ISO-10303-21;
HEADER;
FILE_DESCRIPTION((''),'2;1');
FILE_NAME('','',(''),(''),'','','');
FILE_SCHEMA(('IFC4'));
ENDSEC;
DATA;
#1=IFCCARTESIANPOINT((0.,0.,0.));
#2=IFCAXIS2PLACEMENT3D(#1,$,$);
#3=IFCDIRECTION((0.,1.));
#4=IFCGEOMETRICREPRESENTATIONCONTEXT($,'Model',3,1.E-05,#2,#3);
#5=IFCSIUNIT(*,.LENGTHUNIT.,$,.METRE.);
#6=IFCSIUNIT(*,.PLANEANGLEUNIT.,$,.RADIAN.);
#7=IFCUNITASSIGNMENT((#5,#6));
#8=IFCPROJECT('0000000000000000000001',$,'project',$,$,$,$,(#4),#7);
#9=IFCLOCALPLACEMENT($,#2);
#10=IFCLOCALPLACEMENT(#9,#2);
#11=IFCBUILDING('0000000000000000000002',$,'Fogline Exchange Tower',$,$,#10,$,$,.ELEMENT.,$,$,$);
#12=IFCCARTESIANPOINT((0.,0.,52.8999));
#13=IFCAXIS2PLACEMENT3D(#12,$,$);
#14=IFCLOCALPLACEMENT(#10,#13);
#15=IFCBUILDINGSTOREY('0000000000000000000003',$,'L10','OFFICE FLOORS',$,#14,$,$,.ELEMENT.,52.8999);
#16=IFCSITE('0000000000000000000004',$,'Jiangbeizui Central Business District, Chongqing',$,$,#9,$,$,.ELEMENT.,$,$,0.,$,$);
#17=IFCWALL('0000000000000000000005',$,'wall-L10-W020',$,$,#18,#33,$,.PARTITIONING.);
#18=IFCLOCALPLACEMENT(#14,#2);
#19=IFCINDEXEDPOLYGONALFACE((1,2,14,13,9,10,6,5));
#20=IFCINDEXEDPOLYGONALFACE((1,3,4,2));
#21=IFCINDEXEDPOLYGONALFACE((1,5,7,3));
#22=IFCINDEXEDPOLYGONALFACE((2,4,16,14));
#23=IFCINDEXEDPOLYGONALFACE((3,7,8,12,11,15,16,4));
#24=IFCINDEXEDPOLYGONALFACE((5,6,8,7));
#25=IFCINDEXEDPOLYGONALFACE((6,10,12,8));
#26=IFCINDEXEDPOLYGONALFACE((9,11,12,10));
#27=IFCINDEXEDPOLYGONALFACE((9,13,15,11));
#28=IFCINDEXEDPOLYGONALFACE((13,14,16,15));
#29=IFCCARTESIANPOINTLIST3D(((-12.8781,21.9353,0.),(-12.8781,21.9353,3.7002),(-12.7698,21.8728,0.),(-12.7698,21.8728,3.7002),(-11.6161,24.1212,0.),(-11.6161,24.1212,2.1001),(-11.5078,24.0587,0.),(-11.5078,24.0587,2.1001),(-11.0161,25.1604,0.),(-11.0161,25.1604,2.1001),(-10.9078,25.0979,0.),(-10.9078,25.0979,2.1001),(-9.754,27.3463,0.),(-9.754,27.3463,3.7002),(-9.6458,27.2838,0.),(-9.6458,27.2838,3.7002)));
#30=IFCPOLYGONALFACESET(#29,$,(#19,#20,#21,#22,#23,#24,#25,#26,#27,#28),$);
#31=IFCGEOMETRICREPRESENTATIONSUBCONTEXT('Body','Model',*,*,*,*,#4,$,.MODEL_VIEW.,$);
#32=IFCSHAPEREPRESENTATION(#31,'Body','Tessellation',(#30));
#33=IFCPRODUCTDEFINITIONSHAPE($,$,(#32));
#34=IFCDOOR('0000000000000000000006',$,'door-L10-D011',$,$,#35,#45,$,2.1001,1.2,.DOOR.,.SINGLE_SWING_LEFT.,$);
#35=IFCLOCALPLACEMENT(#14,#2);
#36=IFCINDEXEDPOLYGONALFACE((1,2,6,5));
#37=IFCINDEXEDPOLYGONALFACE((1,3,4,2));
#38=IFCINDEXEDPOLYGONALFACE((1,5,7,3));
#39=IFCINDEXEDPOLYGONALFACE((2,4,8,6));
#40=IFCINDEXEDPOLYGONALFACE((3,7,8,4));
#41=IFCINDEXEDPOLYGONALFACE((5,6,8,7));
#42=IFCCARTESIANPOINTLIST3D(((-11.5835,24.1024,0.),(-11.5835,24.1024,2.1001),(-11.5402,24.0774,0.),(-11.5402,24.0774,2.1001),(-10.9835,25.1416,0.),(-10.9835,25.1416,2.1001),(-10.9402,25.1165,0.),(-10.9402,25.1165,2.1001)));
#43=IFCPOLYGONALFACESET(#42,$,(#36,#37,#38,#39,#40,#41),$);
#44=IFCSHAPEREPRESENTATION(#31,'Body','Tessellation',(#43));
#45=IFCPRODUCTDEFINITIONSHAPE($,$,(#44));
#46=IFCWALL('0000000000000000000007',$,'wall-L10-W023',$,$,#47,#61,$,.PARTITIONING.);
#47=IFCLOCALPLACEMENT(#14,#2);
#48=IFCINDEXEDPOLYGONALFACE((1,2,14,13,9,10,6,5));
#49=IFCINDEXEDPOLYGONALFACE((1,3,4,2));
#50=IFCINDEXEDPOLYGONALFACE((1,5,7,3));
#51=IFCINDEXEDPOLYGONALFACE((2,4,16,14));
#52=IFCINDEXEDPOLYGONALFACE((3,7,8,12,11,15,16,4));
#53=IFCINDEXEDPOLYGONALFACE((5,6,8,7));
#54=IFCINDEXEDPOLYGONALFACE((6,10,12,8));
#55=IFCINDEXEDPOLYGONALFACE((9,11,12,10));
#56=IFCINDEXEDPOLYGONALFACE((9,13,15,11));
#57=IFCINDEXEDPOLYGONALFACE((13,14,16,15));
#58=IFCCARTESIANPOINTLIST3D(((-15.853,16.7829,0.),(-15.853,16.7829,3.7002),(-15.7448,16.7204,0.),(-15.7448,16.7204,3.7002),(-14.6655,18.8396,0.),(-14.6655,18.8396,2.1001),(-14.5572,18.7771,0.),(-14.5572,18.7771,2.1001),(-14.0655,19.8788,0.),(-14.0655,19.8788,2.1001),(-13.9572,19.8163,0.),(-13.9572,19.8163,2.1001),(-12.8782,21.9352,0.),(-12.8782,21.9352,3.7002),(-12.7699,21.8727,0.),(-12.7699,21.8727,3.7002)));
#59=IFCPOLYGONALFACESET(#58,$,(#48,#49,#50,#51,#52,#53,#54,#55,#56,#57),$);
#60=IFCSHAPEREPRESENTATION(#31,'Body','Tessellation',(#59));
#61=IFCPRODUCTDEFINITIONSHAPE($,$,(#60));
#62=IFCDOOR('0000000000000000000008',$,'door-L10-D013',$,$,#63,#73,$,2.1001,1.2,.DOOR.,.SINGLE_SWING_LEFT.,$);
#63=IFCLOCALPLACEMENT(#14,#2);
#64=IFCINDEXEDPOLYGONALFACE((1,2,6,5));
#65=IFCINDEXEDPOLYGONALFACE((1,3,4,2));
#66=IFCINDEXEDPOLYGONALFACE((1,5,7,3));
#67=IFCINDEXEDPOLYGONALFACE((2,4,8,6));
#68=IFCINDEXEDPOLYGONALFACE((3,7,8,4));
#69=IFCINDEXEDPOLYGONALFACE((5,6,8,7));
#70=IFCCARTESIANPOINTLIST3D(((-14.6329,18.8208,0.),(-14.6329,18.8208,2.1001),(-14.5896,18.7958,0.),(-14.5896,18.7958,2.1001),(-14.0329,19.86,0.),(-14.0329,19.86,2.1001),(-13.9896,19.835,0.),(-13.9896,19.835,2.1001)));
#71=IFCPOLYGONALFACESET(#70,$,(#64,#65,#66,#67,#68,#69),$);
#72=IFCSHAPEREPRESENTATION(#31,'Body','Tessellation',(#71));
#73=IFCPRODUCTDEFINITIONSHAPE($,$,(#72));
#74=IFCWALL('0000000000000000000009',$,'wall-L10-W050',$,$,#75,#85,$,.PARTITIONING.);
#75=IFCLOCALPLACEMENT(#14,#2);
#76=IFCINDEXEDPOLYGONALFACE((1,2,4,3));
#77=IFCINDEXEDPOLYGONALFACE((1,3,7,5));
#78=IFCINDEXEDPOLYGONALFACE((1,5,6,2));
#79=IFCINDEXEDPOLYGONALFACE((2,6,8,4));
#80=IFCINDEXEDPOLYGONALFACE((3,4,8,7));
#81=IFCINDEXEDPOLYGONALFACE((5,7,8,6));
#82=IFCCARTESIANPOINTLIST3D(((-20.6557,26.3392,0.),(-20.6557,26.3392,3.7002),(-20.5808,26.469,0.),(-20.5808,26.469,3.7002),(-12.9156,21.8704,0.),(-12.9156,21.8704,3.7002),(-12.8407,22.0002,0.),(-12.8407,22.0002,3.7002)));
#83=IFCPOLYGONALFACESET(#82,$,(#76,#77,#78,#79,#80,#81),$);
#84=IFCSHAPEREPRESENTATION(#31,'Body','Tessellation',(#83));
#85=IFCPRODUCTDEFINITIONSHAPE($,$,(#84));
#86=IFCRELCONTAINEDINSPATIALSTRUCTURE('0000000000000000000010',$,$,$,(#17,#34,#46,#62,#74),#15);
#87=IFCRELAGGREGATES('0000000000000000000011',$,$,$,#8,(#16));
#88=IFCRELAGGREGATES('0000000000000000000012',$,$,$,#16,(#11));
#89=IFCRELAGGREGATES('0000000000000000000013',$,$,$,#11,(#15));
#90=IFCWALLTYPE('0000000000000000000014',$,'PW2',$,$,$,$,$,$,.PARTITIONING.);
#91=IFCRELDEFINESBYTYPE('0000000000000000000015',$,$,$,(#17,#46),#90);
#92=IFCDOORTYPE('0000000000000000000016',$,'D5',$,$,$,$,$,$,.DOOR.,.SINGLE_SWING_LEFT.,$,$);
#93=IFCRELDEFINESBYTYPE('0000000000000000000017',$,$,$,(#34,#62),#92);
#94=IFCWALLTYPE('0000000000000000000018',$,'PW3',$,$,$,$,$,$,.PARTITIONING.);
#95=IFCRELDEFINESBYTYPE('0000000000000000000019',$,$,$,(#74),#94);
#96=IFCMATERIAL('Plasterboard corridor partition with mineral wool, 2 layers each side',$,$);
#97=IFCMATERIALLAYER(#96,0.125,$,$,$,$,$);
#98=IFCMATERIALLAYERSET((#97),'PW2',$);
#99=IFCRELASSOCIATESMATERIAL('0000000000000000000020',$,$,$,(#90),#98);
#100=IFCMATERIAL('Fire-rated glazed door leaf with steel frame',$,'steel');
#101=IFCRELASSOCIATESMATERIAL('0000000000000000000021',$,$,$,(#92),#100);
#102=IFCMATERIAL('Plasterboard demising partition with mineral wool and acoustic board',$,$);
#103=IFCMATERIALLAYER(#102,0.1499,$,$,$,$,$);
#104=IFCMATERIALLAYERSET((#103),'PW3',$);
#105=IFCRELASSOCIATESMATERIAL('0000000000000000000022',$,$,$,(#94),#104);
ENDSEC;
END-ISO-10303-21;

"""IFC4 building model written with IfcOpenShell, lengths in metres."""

from ifc_helpers import new_model, si_unit, direction, frame, frame_2d, origin, place, context, subcontext, project, spatial, rectangle, extrude, material, layer, layer_set, type_object, element, fill, save


model = new_model("IFC4")

# Units and contexts
model_context = context("Model", 3, precision=1e-05, world=origin(), true_north=direction((0.0, 1.0)))
body_context = subcontext(model_context, "Body", "Model", "MODEL_VIEW")
ifc_project = project(units=[si_unit("LENGTHUNIT", "METRE"), si_unit("PLANEANGLEUNIT", "RADIAN")], contexts=[model_context])

# Site, building, storey
site_placement = place(None, origin())
site = spatial("IfcSite", under=ifc_project, at=site_placement, Name="Jiangbeizui Central Business District, Chongqing", CompositionType="ELEMENT", RefElevation=0.0)
building_placement = place(site_placement, origin())
building = spatial("IfcBuilding", under=site, at=building_placement, Name="Fogline Exchange Tower", CompositionType="ELEMENT")
storey_placement = place(building_placement, frame((0.0, 0.0, 52.8999)))
storey = spatial("IfcBuildingStorey", under=building, at=storey_placement, Name="L10", Description="OFFICE FLOORS", CompositionType="ELEMENT", Elevation=52.8999)

# Shared definitions
ifc_material_1 = material(Name="Plasterboard corridor partition with mineral wool, 2 layers each side")
ifc_layer_1 = layer(ifc_material_1, 0.125)
ifc_layer_set_1 = layer_set([ifc_layer_1], Name="PW2")
wall_type_1 = type_object("IfcWallType", Name="PW2", PredefinedType="PARTITIONING", material=ifc_layer_set_1)

# Walls, openings, doors
wall_1_placement = place(storey_placement, frame((-12.824, 21.9041, 0.0), z_axis=(0.0, 0.0, 1.0), x_axis=(0.500005, 0.866022, 0.0)))
wall_1 = element("IfcWall", 1, at=wall_1_placement, inside=storey, type_object=wall_type_1, Name="wall-L10-W020", PredefinedType="PARTITIONING", context=body_context, shape_type="SweptSolid", body=[
    extrude(rectangle(XDim=6.248, YDim=0.125, at=frame_2d((3.124, 0.0))), origin(), (0.0, 0.0, 1.0), 3.7002),
])
opening_1_placement = place(wall_1_placement, frame((2.5239, 0.0, 0.0)))
opening_1 = element("IfcOpeningElement", 2, at=opening_1_placement, cuts=wall_1, PredefinedType="OPENING", context=body_context, shape_type="SweptSolid", body=[
    extrude(rectangle(XDim=1.2, YDim=2.1001, at=frame_2d((0.6001, 1.05))), frame((0.0, 0.0725, 0.0), z_axis=(0.0, -1.0, 0.0), x_axis=(1.0, 0.0, 0.0)), (0.0, 0.0, 1.0), 0.145),
])
ifc_material_2 = material(Name="Fire-rated glazed door leaf with steel frame", Category="steel")
door_type = type_object("IfcDoorType", Name="D5", OperationType="SINGLE_SWING_LEFT", PredefinedType="DOOR", material=ifc_material_2)
door_1_placement = place(opening_1_placement, origin())
door_1 = element("IfcDoor", 3, at=door_1_placement, inside=storey, type_object=door_type, Name="door-L10-D011", OperationType="SINGLE_SWING_LEFT", OverallHeight=2.1001, OverallWidth=1.2, PredefinedType="DOOR", context=body_context, shape_type="SweptSolid", body=[
    extrude(rectangle(XDim=1.2, YDim=2.1001, at=frame_2d((0.6001, 1.05))), frame((0.0, 0.0249, 0.0), z_axis=(0.0, -1.0, 0.0), x_axis=(1.0, 0.0, 0.0)), (0.0, 0.0, 1.0), 0.05),
])
fill(opening_1, door_1)
wall_2_placement = place(storey_placement, frame((-15.7988, 16.7517, 0.0), z_axis=(0.0, 0.0, 1.0), x_axis=(0.500018, 0.866015, 0.0)))
wall_2 = element("IfcWall", 4, at=wall_2_placement, inside=storey, type_object=wall_type_1, Name="wall-L10-W023", PredefinedType="PARTITIONING", context=body_context, shape_type="SweptSolid", body=[
    extrude(rectangle(XDim=5.9495, YDim=0.125, at=frame_2d((2.9746, 0.0))), origin(), (0.0, 0.0, 1.0), 3.7002),
])
opening_2_placement = place(wall_2_placement, frame((2.3748, 0.0, 0.0)))
opening_2 = element("IfcOpeningElement", 5, at=opening_2_placement, cuts=wall_2, PredefinedType="OPENING", context=body_context, shape_type="SweptSolid", body=[
    extrude(rectangle(XDim=1.2, YDim=2.1001, at=frame_2d((0.6001, 1.05))), frame((0.0, 0.0725, 0.0), z_axis=(0.0, -1.0, 0.0), x_axis=(1.0, 0.0, 0.0)), (0.0, 0.0, 1.0), 0.145),
])
door_2_placement = place(opening_2_placement, origin())
door_2 = element("IfcDoor", 6, at=door_2_placement, inside=storey, type_object=door_type, Name="door-L10-D013", OperationType="SINGLE_SWING_LEFT", OverallHeight=2.1001, OverallWidth=1.2, PredefinedType="DOOR", context=body_context, shape_type="SweptSolid", body=[
    extrude(rectangle(XDim=1.2, YDim=2.1001, at=frame_2d((0.6001, 1.05))), frame((0.0, 0.0249, 0.0), z_axis=(0.0, -1.0, 0.0), x_axis=(1.0, 0.0, 0.0)), (0.0, 0.0, 1.0), 0.05),
])
fill(opening_2, door_2)

# Wall
ifc_material_3 = material(Name="Plasterboard demising partition with mineral wool and acoustic board")
ifc_layer_2 = layer(ifc_material_3, 0.1499)
ifc_layer_set_2 = layer_set([ifc_layer_2], Name="PW3")
wall_type_2 = type_object("IfcWallType", Name="PW3", PredefinedType="PARTITIONING", material=ifc_layer_set_2)
wall_3_placement = place(storey_placement, frame((-12.8782, 21.9353, 0.0), z_axis=(0.0, 0.0, 1.0), x_axis=(-0.866022, 0.500005, 0.0)))
element("IfcWall", 7, at=wall_3_placement, inside=storey, type_object=wall_type_2, Name="wall-L10-W050", PredefinedType="PARTITIONING", context=body_context, shape_type="SweptSolid", body=[
    extrude(rectangle(XDim=8.9375, YDim=0.1499, at=frame_2d((4.4688, 0.0))), origin(), (0.0, 0.0, 1.0), 3.7002),
])

save(model, "model.ifc")
